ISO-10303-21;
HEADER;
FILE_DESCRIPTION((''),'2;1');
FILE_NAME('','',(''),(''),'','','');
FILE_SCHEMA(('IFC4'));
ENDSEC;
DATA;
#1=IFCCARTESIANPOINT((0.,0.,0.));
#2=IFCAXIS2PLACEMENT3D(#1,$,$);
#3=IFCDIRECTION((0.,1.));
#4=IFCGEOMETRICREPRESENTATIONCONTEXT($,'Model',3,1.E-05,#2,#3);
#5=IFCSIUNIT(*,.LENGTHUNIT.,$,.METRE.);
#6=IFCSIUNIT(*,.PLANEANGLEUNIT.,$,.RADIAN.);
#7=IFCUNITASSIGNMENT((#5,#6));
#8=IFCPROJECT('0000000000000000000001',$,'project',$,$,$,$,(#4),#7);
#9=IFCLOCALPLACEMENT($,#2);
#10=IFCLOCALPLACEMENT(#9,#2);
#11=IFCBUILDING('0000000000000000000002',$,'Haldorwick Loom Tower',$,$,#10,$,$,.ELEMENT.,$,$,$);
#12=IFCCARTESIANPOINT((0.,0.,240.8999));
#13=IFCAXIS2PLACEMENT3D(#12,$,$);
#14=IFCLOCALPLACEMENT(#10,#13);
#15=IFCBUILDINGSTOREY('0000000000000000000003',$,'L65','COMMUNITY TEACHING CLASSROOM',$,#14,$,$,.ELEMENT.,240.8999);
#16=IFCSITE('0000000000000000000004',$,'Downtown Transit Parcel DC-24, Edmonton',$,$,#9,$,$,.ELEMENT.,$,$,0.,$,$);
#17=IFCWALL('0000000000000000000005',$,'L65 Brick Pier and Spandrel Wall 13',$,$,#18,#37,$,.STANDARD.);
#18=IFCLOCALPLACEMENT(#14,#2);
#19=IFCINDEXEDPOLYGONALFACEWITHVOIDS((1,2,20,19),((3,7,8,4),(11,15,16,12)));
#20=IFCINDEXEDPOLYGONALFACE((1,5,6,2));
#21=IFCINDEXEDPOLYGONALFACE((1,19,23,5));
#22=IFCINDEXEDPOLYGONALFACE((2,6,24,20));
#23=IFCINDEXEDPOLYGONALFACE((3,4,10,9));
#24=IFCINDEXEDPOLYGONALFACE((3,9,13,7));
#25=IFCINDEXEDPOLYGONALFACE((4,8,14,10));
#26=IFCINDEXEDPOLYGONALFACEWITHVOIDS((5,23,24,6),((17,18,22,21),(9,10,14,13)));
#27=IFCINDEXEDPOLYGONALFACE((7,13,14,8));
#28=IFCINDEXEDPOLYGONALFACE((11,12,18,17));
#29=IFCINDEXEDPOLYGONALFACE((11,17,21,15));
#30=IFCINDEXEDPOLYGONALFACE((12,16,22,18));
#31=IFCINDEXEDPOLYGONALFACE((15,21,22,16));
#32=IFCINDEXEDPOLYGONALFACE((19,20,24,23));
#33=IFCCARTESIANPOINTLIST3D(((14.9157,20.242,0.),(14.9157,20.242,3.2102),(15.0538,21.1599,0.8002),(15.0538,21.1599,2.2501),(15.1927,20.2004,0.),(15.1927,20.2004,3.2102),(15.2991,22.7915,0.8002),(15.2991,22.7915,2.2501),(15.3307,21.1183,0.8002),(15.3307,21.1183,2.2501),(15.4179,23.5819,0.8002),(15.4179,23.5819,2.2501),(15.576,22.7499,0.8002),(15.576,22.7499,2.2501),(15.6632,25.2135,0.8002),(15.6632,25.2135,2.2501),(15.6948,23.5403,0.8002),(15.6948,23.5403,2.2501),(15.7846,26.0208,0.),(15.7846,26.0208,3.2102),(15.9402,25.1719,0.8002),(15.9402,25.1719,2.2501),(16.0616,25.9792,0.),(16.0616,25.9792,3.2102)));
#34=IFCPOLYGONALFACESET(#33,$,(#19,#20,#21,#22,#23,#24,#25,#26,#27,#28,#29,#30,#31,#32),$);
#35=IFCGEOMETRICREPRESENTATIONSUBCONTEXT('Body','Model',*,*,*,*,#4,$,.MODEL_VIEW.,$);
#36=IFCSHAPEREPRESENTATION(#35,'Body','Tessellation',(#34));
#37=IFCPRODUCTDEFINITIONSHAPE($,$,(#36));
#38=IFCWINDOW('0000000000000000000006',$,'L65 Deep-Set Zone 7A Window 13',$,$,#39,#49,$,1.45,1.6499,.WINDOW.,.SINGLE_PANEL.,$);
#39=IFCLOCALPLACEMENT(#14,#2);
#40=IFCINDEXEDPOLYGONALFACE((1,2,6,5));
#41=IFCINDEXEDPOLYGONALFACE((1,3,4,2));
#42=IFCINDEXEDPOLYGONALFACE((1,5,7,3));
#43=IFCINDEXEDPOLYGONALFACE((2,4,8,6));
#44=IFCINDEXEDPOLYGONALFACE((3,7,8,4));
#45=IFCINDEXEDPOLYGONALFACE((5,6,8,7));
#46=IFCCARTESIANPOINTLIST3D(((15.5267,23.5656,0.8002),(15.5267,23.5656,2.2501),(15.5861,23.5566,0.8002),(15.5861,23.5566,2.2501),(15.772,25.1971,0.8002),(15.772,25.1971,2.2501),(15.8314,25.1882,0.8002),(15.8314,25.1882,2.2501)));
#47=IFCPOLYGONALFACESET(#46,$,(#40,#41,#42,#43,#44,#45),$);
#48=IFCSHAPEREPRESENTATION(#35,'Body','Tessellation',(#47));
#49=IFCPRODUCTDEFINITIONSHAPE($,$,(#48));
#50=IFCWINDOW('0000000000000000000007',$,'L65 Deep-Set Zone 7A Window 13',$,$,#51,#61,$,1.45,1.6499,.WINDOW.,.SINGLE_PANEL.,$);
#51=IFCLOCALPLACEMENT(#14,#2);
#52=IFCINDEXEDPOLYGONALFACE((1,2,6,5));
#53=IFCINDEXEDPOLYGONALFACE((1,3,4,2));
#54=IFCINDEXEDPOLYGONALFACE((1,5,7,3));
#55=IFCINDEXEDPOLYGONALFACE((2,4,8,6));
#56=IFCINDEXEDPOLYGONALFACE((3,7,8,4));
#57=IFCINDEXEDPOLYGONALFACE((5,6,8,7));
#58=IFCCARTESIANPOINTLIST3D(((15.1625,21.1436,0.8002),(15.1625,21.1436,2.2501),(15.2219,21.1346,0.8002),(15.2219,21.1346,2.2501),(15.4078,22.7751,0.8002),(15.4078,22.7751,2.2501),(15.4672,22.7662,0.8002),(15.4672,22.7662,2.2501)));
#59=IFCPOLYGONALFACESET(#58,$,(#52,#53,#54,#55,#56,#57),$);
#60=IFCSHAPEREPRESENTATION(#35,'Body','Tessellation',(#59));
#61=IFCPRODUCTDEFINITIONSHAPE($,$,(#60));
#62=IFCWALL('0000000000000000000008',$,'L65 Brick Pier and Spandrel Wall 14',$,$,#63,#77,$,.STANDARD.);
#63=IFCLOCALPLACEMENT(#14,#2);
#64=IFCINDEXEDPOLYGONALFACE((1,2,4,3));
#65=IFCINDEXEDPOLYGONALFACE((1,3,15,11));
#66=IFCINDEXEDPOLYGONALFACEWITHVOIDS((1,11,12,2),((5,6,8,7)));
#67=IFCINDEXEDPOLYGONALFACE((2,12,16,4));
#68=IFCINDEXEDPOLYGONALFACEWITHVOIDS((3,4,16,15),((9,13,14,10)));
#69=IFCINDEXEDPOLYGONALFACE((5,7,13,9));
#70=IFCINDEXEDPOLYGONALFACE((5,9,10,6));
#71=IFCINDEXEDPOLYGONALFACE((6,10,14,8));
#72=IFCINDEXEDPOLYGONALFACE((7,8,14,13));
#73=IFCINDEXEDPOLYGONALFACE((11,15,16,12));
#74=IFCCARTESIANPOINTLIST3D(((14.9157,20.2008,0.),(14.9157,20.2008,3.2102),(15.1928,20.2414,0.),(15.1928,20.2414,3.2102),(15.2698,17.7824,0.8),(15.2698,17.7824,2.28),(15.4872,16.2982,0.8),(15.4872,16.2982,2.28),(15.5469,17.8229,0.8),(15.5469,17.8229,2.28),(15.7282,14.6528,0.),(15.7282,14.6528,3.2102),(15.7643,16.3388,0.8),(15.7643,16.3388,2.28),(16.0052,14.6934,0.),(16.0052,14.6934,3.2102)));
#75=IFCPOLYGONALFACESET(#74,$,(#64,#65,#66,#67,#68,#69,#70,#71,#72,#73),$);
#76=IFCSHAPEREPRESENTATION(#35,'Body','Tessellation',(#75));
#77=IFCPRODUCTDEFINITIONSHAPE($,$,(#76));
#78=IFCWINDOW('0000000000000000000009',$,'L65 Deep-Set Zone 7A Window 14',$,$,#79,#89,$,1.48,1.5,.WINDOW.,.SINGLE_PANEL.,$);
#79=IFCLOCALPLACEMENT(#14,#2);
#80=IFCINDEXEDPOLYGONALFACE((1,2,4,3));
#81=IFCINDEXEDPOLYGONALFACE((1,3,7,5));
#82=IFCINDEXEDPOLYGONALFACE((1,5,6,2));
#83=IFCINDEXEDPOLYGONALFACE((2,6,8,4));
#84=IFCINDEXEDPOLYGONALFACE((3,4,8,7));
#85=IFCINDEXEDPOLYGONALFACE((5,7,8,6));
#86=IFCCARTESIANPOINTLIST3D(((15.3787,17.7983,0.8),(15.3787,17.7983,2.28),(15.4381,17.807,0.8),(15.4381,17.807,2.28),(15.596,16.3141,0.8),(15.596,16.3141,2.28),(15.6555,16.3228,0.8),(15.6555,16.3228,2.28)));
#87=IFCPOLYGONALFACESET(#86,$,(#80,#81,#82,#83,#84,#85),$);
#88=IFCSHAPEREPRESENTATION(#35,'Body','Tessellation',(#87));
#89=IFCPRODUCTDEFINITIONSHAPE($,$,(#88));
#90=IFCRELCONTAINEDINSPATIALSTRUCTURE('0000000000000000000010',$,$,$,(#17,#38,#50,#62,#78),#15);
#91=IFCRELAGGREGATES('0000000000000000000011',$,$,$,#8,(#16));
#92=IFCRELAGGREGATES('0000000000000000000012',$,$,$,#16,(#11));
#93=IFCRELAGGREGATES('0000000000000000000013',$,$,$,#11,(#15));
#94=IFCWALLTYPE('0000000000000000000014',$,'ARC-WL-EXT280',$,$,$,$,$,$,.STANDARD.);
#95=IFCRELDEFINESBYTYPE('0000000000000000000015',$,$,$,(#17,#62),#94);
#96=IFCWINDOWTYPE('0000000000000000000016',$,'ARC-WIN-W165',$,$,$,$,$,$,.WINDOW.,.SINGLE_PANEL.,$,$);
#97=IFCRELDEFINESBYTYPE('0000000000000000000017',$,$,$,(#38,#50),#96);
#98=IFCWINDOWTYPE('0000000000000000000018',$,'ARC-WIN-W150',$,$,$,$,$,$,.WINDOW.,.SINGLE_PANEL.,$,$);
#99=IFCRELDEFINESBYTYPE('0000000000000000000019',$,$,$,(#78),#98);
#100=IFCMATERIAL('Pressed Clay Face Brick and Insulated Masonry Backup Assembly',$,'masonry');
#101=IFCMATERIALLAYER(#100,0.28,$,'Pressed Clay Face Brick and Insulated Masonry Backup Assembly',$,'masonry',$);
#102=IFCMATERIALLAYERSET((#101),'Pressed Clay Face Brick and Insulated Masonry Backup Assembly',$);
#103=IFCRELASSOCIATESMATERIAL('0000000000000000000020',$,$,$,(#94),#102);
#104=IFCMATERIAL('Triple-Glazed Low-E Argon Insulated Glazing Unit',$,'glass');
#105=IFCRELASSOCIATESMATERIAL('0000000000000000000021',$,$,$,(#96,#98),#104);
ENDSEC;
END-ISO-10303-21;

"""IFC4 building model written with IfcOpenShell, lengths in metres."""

from ifc_helpers import new_model, si_unit, direction, frame, frame_2d, origin, place, context, subcontext, project, spatial, rectangle, extrude, material, layer, layer_set, type_object, element, fill, save


model = new_model("IFC4")

# Units and contexts
model_context = context("Model", 3, precision=1e-05, world=origin(), true_north=direction((0.0, 1.0)))
body_context = subcontext(model_context, "Body", "Model", "MODEL_VIEW")
ifc_project = project(units=[si_unit("LENGTHUNIT", "METRE"), si_unit("PLANEANGLEUNIT", "RADIAN")], contexts=[model_context])

# Site, building, storey
site_placement = place(None, origin())
site = spatial("IfcSite", under=ifc_project, at=site_placement, Name="Downtown Transit Parcel DC-24, Edmonton", CompositionType="ELEMENT", RefElevation=0.0)
building_placement = place(site_placement, origin())
building = spatial("IfcBuilding", under=site, at=building_placement, Name="Haldorwick Loom Tower", CompositionType="ELEMENT")
storey_placement = place(building_placement, frame((0.0, 0.0, 240.8999)))
storey = spatial("IfcBuildingStorey", under=building, at=storey_placement, Name="L65", Description="COMMUNITY TEACHING CLASSROOM", CompositionType="ELEMENT", Elevation=240.8999)

# Wall, openings, windows
ifc_material_1 = material(Name="Pressed Clay Face Brick and Insulated Masonry Backup Assembly", Category="masonry")
ifc_layer_1 = layer(ifc_material_1, 0.28, Name="Pressed Clay Face Brick and Insulated Masonry Backup Assembly", Category="masonry")
ifc_layer_set_1 = layer_set([ifc_layer_1], Name="Pressed Clay Face Brick and Insulated Masonry Backup Assembly")
wall_type_1 = type_object("IfcWallType", Name="ARC-WL-EXT280", PredefinedType="STANDARD", material=ifc_layer_set_1)
wall_1_placement = place(storey_placement, frame((15.9231, 26.0, 0.0), z_axis=(0.0, 0.0, 1.0), x_axis=(-0.148688, -0.988884, 0.0)))
wall_1 = element("IfcWall", 1, at=wall_1_placement, inside=storey, type_object=wall_type_1, Name="L65 Brick Pier and Spandrel Wall 13", PredefinedType="STANDARD", context=body_context, shape_type="SweptSolid", body=[
    extrude(rectangle(XDim=5.8438, YDim=0.28, at=frame_2d((2.9219, 0.0))), origin(), (0.0, 0.0, 1.0), 3.2102),
])
opening_1_placement = place(wall_1_placement, frame((0.8164, 0.0, 0.8)))
opening_1 = element("IfcOpeningElement", 2, at=opening_1_placement, cuts=wall_1, PredefinedType="OPENING", context=body_context, shape_type="SweptSolid", body=[
    extrude(rectangle(XDim=1.6499, YDim=1.45, at=frame_2d((0.825, 0.7251))), frame((0.0, 0.1499, 0.0), z_axis=(0.0, -1.0, 0.0), x_axis=(1.0, 0.0, 0.0)), (0.0, 0.0, 1.0), 0.3),
])
opening_2_placement = place(wall_1_placement, frame((3.2656, 0.0, 0.8)))
opening_2 = element("IfcOpeningElement", 3, at=opening_2_placement, cuts=wall_1, PredefinedType="OPENING", context=body_context, shape_type="SweptSolid", body=[
    extrude(rectangle(XDim=1.6499, YDim=1.45, at=frame_2d((0.825, 0.7251))), frame((0.0, 0.1499, 0.0), z_axis=(0.0, -1.0, 0.0), x_axis=(1.0, 0.0, 0.0)), (0.0, 0.0, 1.0), 0.3),
])
ifc_material_2 = material(Name="Triple-Glazed Low-E Argon Insulated Glazing Unit", Category="glass")
window_type_1 = type_object("IfcWindowType", Name="ARC-WIN-W165", PartitioningType="SINGLE_PANEL", PredefinedType="WINDOW", material=ifc_material_2)
window_1_placement = place(opening_1_placement, origin())
window_1 = element("IfcWindow", 4, at=window_1_placement, inside=storey, type_object=window_type_1, Name="L65 Deep-Set Zone 7A Window 13", OverallHeight=1.45, OverallWidth=1.6499, PartitioningType="SINGLE_PANEL", PredefinedType="WINDOW", context=body_context, shape_type="SweptSolid", body=[
    extrude(rectangle(XDim=1.6499, YDim=1.45, at=frame_2d((0.825, 0.7251))), frame((0.0, 0.03, 0.0), z_axis=(0.0, -1.0, 0.0), x_axis=(1.0, 0.0, 0.0)), (0.0, 0.0, 1.0), 0.0601),
])
fill(opening_1, window_1)
window_2_placement = place(opening_2_placement, origin())
window_2 = element("IfcWindow", 5, at=window_2_placement, inside=storey, type_object=window_type_1, Name="L65 Deep-Set Zone 7A Window 13", OverallHeight=1.45, OverallWidth=1.6499, PartitioningType="SINGLE_PANEL", PredefinedType="WINDOW", context=body_context, shape_type="SweptSolid", body=[
    extrude(rectangle(XDim=1.6499, YDim=1.45, at=frame_2d((0.825, 0.7251))), frame((0.0, 0.03, 0.0), z_axis=(0.0, -1.0, 0.0), x_axis=(1.0, 0.0, 0.0)), (0.0, 0.0, 1.0), 0.0601),
])
fill(opening_2, window_2)

# Wall, opening, window
wall_2_placement = place(storey_placement, frame((15.0542, 20.2212, 0.0), z_axis=(0.0, 0.0, 1.0), x_axis=(0.144901, -0.989446, 0.0)))
wall_2 = element("IfcWall", 6, at=wall_2_placement, inside=storey, type_object=wall_type_1, Name="L65 Brick Pier and Spandrel Wall 14", PredefinedType="STANDARD", context=body_context, shape_type="SweptSolid", body=[
    extrude(rectangle(XDim=5.6072, YDim=0.28, at=frame_2d((2.8037, 0.0))), origin(), (0.0, 0.0, 1.0), 3.2102),
])
opening_3_placement = place(wall_2_placement, frame((2.4443, 0.0, 0.8)))
opening_3 = element("IfcOpeningElement", 7, at=opening_3_placement, cuts=wall_2, PredefinedType="OPENING", context=body_context, shape_type="SweptSolid", body=[
    extrude(rectangle(XDim=1.5, YDim=1.48, at=frame_2d((0.75, 0.74))), frame((0.0, 0.1499, 0.0), z_axis=(0.0, -1.0, 0.0), x_axis=(1.0, 0.0, 0.0)), (0.0, 0.0, 1.0), 0.3),
])
window_type_2 = type_object("IfcWindowType", Name="ARC-WIN-W150", PartitioningType="SINGLE_PANEL", PredefinedType="WINDOW", material=ifc_material_2)
window_3_placement = place(opening_3_placement, origin())
window_3 = element("IfcWindow", 8, at=window_3_placement, inside=storey, type_object=window_type_2, Name="L65 Deep-Set Zone 7A Window 14", OverallHeight=1.48, OverallWidth=1.5, PartitioningType="SINGLE_PANEL", PredefinedType="WINDOW", context=body_context, shape_type="SweptSolid", body=[
    extrude(rectangle(XDim=1.5, YDim=1.48, at=frame_2d((0.75, 0.74))), frame((0.0, 0.03, 0.0), z_axis=(0.0, -1.0, 0.0), x_axis=(1.0, 0.0, 0.0)), (0.0, 0.0, 1.0), 0.0601),
])
fill(opening_3, window_3)

save(model, "model.ifc")
